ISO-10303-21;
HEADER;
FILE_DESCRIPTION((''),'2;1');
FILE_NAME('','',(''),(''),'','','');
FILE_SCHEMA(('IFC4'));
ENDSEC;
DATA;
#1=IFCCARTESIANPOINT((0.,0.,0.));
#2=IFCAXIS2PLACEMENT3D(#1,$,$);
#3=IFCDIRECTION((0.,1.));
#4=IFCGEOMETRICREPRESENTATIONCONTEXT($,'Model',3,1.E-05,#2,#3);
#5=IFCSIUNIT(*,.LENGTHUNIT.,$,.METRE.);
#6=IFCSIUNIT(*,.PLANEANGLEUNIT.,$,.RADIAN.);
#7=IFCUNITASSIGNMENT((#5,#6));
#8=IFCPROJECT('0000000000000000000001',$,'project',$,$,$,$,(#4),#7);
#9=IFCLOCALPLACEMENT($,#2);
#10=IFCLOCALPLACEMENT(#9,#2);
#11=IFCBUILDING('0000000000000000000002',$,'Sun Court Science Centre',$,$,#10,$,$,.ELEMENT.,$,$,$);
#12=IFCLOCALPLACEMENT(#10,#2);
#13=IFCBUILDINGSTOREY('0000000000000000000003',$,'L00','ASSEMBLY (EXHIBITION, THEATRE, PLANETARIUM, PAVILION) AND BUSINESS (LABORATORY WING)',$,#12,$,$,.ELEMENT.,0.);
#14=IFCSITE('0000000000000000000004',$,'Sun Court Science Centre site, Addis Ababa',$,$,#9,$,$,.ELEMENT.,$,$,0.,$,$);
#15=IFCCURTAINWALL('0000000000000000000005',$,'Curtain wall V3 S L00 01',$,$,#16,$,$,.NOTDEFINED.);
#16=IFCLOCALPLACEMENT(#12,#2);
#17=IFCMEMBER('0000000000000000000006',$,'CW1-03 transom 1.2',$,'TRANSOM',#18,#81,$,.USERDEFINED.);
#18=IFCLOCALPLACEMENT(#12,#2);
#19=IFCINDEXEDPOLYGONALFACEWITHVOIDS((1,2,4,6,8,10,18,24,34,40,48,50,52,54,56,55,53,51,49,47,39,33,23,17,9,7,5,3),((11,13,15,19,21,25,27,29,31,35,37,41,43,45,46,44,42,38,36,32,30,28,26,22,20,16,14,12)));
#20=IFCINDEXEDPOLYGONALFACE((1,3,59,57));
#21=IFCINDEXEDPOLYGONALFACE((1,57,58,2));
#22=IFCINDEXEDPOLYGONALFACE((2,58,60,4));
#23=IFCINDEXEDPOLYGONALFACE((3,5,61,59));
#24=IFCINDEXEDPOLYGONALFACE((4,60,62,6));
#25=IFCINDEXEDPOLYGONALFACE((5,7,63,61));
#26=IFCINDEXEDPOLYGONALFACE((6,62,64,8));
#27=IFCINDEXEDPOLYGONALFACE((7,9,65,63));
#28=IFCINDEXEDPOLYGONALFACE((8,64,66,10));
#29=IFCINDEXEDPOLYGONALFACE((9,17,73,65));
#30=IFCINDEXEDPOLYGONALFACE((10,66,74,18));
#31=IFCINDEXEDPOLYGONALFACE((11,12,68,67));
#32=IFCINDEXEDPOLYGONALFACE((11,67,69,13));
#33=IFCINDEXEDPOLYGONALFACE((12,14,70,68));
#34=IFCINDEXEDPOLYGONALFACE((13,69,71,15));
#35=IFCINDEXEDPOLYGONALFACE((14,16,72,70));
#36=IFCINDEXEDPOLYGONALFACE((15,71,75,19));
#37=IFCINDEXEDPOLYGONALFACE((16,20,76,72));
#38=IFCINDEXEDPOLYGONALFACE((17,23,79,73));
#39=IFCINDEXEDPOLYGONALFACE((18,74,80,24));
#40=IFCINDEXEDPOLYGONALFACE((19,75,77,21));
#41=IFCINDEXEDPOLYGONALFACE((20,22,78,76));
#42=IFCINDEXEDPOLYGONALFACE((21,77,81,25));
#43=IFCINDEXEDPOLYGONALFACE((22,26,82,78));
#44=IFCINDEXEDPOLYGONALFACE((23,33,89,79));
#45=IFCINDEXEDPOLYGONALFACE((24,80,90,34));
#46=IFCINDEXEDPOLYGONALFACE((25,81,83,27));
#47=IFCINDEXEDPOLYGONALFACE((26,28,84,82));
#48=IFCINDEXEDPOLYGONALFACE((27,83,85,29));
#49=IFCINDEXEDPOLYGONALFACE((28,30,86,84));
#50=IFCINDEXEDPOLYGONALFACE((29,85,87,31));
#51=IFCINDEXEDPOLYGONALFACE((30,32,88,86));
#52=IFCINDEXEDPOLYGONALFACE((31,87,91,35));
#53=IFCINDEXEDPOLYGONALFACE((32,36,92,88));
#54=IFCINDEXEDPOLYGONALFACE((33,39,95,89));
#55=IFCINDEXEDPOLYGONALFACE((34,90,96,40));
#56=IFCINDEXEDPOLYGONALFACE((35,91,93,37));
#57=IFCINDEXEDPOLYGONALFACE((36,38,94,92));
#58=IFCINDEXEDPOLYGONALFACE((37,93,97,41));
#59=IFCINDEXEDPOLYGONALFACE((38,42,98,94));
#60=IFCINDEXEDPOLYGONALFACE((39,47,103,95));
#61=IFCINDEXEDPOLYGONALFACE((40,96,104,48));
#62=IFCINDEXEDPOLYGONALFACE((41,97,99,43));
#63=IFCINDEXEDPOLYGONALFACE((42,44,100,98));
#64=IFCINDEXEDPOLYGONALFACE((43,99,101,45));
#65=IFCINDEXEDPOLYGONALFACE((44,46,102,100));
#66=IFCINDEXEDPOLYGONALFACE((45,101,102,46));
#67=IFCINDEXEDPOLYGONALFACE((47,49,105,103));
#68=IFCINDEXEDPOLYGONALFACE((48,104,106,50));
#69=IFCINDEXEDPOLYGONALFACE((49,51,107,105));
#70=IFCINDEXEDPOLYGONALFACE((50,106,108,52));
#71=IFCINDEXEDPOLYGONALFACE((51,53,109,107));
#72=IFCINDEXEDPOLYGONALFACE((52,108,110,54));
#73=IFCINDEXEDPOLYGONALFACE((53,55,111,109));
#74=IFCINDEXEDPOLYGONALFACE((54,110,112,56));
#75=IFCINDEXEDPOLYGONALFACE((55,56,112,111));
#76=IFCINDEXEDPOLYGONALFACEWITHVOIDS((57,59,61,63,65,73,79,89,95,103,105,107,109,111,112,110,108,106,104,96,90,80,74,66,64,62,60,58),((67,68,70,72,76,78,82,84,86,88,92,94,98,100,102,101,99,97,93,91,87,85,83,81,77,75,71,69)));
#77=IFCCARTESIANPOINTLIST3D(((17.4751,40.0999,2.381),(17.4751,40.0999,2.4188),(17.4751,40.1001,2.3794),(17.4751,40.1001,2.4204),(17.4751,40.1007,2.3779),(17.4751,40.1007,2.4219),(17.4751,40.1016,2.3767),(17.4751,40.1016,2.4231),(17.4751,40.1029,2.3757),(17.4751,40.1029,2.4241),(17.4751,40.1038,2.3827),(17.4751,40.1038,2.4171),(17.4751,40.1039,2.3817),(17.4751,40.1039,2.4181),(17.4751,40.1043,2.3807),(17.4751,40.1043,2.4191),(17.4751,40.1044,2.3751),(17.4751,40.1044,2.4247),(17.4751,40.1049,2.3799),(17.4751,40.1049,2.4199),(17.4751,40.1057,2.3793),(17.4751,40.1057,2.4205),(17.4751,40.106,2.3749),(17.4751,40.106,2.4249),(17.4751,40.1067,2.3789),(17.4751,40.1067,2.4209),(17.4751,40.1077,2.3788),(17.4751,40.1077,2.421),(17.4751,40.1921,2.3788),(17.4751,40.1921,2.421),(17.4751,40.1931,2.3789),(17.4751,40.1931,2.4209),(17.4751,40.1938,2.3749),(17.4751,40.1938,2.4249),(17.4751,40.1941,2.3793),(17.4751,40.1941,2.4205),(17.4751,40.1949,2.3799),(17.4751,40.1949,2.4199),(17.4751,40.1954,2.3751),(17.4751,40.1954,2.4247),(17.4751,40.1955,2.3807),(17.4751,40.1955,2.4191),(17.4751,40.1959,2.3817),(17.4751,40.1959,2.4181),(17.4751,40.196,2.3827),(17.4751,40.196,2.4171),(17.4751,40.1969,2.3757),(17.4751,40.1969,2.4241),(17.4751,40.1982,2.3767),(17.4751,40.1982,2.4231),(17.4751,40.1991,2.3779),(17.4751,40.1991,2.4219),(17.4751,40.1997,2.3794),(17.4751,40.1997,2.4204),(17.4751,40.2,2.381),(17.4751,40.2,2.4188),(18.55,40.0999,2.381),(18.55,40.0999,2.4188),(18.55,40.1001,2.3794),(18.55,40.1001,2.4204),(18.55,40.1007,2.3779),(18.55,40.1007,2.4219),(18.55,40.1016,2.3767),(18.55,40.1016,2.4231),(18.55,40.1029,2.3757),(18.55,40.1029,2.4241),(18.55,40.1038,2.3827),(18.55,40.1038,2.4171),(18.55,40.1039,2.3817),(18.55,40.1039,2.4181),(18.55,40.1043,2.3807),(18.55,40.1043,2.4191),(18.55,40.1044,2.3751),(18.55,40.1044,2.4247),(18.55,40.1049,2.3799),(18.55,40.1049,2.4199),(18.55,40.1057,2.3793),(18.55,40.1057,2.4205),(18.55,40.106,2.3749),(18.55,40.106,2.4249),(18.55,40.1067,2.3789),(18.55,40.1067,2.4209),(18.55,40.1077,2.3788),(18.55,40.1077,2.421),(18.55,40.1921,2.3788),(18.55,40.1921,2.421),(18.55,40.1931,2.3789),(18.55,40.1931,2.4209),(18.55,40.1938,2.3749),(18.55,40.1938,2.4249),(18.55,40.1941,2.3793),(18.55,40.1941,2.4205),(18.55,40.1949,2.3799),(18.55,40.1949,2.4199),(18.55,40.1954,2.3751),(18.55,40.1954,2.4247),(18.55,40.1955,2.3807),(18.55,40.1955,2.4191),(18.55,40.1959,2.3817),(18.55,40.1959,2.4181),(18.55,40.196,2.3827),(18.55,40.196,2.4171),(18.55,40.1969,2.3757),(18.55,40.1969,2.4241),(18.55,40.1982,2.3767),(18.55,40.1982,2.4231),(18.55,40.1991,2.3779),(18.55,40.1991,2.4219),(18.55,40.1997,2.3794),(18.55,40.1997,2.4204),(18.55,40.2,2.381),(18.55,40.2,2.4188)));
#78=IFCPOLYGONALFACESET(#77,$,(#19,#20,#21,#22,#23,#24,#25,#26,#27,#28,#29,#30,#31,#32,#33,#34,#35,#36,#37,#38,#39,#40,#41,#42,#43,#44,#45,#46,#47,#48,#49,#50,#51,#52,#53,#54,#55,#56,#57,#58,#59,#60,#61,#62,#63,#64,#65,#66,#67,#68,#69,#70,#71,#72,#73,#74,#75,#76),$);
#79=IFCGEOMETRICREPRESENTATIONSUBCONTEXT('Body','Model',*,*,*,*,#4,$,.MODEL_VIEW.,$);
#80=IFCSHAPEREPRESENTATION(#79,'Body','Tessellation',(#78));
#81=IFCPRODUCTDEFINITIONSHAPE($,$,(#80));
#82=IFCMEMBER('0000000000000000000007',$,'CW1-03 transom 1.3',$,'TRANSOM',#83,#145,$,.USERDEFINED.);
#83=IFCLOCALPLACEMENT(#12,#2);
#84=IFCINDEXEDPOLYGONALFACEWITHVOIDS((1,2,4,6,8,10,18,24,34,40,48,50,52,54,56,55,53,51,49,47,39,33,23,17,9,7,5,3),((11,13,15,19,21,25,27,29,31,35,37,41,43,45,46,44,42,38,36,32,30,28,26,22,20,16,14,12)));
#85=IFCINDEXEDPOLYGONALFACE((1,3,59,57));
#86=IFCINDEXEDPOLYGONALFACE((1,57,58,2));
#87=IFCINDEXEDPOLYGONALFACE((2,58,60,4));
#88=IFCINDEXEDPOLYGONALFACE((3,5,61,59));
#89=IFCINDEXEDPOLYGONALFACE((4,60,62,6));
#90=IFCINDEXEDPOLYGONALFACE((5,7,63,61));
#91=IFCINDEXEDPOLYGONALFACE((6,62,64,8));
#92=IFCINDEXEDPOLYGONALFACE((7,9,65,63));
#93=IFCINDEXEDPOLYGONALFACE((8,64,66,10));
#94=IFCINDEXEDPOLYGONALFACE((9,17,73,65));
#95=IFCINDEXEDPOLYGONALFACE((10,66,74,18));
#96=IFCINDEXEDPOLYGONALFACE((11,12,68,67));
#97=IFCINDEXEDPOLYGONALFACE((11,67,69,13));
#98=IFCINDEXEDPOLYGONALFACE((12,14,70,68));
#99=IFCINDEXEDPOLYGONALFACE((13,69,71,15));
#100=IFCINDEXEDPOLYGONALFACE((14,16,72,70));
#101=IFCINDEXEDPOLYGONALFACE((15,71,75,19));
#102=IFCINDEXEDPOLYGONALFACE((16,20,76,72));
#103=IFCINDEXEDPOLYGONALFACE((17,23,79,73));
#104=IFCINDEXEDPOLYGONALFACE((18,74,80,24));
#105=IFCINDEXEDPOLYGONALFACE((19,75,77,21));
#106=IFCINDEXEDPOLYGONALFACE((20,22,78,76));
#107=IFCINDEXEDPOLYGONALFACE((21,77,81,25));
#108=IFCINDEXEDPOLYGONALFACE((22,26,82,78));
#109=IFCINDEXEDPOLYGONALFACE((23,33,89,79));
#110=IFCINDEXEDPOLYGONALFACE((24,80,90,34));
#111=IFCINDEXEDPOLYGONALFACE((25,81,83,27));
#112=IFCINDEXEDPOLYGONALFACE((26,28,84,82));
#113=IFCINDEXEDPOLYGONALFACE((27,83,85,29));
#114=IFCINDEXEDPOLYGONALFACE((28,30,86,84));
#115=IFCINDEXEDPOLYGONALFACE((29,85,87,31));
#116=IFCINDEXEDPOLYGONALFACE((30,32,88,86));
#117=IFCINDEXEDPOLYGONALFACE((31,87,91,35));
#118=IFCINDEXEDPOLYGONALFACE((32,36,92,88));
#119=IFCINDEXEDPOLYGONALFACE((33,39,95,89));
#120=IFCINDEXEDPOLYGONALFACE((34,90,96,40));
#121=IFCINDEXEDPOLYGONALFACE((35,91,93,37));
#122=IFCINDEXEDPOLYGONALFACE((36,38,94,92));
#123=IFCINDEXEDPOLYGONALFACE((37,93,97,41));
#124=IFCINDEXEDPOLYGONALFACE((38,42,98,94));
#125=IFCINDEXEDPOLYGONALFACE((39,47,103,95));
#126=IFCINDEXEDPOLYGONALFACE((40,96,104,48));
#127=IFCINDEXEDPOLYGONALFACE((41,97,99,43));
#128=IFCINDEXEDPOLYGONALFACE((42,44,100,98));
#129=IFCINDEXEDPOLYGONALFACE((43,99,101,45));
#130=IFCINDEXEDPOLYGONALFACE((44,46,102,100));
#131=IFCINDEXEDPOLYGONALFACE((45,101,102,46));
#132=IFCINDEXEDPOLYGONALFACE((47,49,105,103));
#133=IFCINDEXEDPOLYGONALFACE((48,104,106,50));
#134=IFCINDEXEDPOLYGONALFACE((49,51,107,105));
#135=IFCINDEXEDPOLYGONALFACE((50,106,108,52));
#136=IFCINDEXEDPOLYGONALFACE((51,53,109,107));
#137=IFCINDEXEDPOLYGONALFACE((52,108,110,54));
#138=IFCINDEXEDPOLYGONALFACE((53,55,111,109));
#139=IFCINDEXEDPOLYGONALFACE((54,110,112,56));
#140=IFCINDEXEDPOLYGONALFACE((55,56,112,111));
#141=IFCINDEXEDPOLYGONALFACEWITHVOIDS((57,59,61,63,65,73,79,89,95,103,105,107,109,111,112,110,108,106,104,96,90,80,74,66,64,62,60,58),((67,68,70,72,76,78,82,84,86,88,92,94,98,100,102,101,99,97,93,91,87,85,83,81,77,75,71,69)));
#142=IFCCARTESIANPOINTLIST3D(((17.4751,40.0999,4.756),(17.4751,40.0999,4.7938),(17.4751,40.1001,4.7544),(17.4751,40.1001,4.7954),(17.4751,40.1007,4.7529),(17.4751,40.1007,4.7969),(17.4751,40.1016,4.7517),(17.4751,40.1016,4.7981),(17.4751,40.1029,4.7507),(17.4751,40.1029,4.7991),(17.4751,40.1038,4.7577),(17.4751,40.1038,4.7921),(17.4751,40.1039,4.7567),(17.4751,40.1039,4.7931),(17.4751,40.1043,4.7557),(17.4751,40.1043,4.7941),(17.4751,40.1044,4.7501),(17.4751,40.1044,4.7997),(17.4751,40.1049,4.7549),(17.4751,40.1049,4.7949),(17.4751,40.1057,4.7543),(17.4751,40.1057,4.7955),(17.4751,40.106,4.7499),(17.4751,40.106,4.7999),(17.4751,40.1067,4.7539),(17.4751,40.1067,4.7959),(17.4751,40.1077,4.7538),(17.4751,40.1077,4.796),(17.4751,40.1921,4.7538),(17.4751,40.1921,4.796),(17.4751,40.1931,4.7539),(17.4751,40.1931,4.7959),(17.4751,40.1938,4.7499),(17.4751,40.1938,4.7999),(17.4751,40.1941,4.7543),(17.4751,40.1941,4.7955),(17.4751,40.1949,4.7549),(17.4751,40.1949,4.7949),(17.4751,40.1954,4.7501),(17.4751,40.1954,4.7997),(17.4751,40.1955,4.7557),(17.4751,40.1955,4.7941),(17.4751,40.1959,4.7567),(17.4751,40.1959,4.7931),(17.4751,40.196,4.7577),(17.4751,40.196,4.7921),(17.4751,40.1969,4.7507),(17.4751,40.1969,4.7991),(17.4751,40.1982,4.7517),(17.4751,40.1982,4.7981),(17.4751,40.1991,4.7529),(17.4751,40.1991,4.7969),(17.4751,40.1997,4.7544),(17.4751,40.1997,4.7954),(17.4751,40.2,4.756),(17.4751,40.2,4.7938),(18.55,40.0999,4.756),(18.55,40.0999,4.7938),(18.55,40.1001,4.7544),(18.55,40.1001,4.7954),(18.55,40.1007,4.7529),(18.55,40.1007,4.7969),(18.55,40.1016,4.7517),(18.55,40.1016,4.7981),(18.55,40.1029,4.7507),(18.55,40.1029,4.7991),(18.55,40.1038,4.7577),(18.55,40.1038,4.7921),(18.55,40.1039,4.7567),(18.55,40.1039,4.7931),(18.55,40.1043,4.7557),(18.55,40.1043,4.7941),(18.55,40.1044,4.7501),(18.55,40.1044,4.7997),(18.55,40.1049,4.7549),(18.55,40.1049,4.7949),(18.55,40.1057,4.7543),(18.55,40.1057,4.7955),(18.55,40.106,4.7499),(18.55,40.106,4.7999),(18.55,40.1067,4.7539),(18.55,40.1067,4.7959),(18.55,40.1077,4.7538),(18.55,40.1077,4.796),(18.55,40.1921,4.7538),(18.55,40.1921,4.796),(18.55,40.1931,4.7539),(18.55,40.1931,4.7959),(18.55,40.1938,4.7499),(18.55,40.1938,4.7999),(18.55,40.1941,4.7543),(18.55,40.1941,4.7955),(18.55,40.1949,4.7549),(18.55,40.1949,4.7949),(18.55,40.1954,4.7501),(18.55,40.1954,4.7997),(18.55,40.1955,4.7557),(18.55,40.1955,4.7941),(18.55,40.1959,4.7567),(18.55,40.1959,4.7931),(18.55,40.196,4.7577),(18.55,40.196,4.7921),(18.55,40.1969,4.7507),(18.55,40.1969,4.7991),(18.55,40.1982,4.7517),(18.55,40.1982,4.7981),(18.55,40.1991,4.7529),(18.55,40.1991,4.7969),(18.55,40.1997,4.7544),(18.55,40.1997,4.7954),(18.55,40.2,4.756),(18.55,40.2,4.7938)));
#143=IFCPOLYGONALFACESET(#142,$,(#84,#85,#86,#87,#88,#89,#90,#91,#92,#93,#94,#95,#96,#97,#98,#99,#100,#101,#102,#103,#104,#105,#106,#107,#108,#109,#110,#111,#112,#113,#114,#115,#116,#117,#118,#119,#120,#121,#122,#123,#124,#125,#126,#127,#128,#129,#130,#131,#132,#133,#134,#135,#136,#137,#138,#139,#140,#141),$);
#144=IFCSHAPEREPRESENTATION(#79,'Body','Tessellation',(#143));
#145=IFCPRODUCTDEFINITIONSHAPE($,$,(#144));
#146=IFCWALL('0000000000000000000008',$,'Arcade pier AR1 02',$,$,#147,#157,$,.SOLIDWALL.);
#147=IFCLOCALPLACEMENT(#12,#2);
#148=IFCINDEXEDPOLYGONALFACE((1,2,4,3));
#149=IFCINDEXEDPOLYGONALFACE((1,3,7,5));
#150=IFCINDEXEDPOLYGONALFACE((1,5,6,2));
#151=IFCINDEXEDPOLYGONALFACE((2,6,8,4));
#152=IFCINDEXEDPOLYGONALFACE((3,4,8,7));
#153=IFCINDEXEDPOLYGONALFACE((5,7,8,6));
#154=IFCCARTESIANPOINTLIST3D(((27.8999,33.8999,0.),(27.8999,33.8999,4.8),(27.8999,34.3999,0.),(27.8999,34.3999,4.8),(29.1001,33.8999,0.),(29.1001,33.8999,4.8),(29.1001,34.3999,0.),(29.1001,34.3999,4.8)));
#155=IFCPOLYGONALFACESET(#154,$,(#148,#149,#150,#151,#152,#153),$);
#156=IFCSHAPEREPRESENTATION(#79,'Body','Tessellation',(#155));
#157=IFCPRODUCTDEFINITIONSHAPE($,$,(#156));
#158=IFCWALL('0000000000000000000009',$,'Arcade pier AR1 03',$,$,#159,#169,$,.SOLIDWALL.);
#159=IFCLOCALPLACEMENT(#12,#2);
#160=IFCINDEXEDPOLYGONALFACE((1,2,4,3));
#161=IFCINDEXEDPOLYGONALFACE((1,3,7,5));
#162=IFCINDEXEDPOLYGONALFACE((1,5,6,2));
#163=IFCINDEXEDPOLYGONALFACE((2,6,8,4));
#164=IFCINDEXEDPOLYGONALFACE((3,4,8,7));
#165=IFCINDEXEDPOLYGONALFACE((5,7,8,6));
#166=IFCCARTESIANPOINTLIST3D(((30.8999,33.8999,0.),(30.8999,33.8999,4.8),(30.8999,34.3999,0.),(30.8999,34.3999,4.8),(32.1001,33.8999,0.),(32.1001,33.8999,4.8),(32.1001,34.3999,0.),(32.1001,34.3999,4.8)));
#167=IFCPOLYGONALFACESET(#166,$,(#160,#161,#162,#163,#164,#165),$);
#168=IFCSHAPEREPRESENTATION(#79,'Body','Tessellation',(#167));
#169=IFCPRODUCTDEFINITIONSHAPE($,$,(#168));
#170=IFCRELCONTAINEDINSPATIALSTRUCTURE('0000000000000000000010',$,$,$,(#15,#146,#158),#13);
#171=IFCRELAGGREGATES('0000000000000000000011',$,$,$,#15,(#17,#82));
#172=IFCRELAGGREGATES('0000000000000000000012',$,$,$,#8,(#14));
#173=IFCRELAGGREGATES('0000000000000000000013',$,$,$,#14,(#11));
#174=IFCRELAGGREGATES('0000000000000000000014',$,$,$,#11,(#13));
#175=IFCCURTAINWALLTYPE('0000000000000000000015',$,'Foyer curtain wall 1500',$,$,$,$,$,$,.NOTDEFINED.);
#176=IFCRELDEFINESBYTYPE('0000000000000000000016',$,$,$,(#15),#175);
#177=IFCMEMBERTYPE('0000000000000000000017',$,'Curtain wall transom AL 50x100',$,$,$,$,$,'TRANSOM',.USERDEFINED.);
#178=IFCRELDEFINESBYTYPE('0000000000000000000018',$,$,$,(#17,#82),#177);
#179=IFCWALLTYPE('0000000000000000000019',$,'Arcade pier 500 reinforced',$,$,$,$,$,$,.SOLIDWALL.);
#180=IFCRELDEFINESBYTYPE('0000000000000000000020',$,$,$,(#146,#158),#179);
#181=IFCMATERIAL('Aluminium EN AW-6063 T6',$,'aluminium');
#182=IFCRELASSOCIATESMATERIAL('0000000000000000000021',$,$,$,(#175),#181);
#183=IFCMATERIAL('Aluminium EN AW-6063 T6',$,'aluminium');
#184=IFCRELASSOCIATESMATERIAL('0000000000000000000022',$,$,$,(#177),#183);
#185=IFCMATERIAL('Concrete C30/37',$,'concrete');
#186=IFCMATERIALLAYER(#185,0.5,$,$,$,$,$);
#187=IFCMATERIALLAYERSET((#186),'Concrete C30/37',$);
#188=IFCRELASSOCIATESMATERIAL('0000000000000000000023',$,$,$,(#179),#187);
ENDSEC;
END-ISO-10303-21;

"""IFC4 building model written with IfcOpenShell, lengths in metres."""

from ifc_helpers import new_model, si_unit, direction, frame, frame_2d, origin, origin_2d, place, context, subcontext, project, spatial, rectangle, hollow_rectangle, extrude, material, layer, layer_set, material_profile, profile_set, type_object, element, aggregate, save


model = new_model("IFC4")

# Units and contexts
model_context = context("Model", 3, precision=1e-05, world=origin(), true_north=direction((0.0, 1.0)))
body_context = subcontext(model_context, "Body", "Model", "MODEL_VIEW")
ifc_project = project(units=[si_unit("LENGTHUNIT", "METRE"), si_unit("PLANEANGLEUNIT", "RADIAN")], contexts=[model_context])

# Site, building, storey
site_placement = place(None, origin())
site = spatial("IfcSite", under=ifc_project, at=site_placement, Name="Sun Court Science Centre site, Addis Ababa", CompositionType="ELEMENT", RefElevation=0.0)
building_placement = place(site_placement, origin())
building = spatial("IfcBuilding", under=site, at=building_placement, Name="Sun Court Science Centre", CompositionType="ELEMENT")
storey_placement = place(building_placement, origin())
storey = spatial("IfcBuildingStorey", under=building, at=storey_placement, Name="L00", Description="ASSEMBLY (EXHIBITION, THEATRE, PLANETARIUM, PAVILION) AND BUSINESS (LABORATORY WING)", CompositionType="ELEMENT", Elevation=0.0)

# Curtain wall, members
ifc_material_1 = material(Name="Aluminium EN AW-6063 T6", Category="aluminium")
curtain_wall_type = type_object("IfcCurtainWallType", Name="Foyer curtain wall 1500", PredefinedType="NOTDEFINED", material=ifc_material_1)
curtain_wall_placement = place(storey_placement, origin())
curtain_wall = element("IfcCurtainWall", 1, at=curtain_wall_placement, inside=storey, type_object=curtain_wall_type, Name="Curtain wall V3 S L00 01", PredefinedType="NOTDEFINED")
ifc_material_2 = material(Name="Aluminium EN AW-6063 T6", Category="aluminium")
ifc_material_profile_1 = material_profile(ifc_material_2, hollow_rectangle(XDim=0.05, YDim=0.1001, WallThickness=0.0039, InnerFilletRadius=0.0039, OuterFilletRadius=0.0061, at=origin_2d()), Name="AL 50x100x4")
ifc_profile_set_1 = profile_set([ifc_material_profile_1], Name="Aluminium EN AW-6063 T6")
member_type_1 = type_object("IfcMemberType", Name="Curtain wall transom AL 50x100", ElementType="TRANSOM", PredefinedType="USERDEFINED", material=ifc_profile_set_1)
member_1_placement = place(storey_placement, frame((18.55, 40.1499, 2.3999), z_axis=(-1.0, 0.0, 0.0), x_axis=(0.0, 0.0, 1.0)))
member_1 = element("IfcMember", 2, at=member_1_placement, type_object=member_type_1, Name="CW1-03 transom 1.2", ObjectType="TRANSOM", PredefinedType="USERDEFINED", context=body_context, shape_type="SweptSolid", body=[
    extrude(hollow_rectangle(XDim=0.05, YDim=0.1001, WallThickness=0.0039, InnerFilletRadius=0.0039, OuterFilletRadius=0.0061, at=origin_2d()), origin(), (0.0, 0.0, 1.0), 1.075),
])
member_2_placement = place(storey_placement, frame((18.55, 40.1499, 4.7749), z_axis=(-1.0, 0.0, 0.0), x_axis=(0.0, 0.0, 1.0)))
member_2 = element("IfcMember", 3, at=member_2_placement, type_object=member_type_1, Name="CW1-03 transom 1.3", ObjectType="TRANSOM", PredefinedType="USERDEFINED", context=body_context, shape_type="SweptSolid", body=[
    extrude(hollow_rectangle(XDim=0.05, YDim=0.1001, WallThickness=0.0039, InnerFilletRadius=0.0039, OuterFilletRadius=0.0061, at=origin_2d()), origin(), (0.0, 0.0, 1.0), 1.075),
])
aggregate(curtain_wall, [member_1, member_2])

# Walls
ifc_material_3 = material(Name="Concrete C30/37", Category="concrete")
ifc_layer_1 = layer(ifc_material_3, 0.5)
ifc_layer_set_1 = layer_set([ifc_layer_1], Name="Concrete C30/37")
wall_type_1 = type_object("IfcWallType", Name="Arcade pier 500 reinforced", PredefinedType="SOLIDWALL", material=ifc_layer_set_1)
for number, where, z_axis, x_axis, name in (
    (4, (27.8999, 34.1499, 0.0), (0.0, 0.0, 1.0), (1.0, 0.0, 0.0), "Arcade pier AR1 02"),
    (5, (30.8999, 34.1499, 0.0), (0.0, 0.0, 1.0), (1.0, 0.0, 0.0), "Arcade pier AR1 03"),
):
    element("IfcWall", number, at=place(storey_placement, frame(where, z_axis=z_axis, x_axis=x_axis)), inside=storey, type_object=wall_type_1, Name=name, PredefinedType="SOLIDWALL", context=body_context, shape_type="SweptSolid", body=[
        extrude(rectangle(XDim=1.2002, YDim=0.5, at=frame_2d((0.6001, 0.0))), origin(), (0.0, 0.0, 1.0), 4.8),
    ])

save(model, "model.ifc")
